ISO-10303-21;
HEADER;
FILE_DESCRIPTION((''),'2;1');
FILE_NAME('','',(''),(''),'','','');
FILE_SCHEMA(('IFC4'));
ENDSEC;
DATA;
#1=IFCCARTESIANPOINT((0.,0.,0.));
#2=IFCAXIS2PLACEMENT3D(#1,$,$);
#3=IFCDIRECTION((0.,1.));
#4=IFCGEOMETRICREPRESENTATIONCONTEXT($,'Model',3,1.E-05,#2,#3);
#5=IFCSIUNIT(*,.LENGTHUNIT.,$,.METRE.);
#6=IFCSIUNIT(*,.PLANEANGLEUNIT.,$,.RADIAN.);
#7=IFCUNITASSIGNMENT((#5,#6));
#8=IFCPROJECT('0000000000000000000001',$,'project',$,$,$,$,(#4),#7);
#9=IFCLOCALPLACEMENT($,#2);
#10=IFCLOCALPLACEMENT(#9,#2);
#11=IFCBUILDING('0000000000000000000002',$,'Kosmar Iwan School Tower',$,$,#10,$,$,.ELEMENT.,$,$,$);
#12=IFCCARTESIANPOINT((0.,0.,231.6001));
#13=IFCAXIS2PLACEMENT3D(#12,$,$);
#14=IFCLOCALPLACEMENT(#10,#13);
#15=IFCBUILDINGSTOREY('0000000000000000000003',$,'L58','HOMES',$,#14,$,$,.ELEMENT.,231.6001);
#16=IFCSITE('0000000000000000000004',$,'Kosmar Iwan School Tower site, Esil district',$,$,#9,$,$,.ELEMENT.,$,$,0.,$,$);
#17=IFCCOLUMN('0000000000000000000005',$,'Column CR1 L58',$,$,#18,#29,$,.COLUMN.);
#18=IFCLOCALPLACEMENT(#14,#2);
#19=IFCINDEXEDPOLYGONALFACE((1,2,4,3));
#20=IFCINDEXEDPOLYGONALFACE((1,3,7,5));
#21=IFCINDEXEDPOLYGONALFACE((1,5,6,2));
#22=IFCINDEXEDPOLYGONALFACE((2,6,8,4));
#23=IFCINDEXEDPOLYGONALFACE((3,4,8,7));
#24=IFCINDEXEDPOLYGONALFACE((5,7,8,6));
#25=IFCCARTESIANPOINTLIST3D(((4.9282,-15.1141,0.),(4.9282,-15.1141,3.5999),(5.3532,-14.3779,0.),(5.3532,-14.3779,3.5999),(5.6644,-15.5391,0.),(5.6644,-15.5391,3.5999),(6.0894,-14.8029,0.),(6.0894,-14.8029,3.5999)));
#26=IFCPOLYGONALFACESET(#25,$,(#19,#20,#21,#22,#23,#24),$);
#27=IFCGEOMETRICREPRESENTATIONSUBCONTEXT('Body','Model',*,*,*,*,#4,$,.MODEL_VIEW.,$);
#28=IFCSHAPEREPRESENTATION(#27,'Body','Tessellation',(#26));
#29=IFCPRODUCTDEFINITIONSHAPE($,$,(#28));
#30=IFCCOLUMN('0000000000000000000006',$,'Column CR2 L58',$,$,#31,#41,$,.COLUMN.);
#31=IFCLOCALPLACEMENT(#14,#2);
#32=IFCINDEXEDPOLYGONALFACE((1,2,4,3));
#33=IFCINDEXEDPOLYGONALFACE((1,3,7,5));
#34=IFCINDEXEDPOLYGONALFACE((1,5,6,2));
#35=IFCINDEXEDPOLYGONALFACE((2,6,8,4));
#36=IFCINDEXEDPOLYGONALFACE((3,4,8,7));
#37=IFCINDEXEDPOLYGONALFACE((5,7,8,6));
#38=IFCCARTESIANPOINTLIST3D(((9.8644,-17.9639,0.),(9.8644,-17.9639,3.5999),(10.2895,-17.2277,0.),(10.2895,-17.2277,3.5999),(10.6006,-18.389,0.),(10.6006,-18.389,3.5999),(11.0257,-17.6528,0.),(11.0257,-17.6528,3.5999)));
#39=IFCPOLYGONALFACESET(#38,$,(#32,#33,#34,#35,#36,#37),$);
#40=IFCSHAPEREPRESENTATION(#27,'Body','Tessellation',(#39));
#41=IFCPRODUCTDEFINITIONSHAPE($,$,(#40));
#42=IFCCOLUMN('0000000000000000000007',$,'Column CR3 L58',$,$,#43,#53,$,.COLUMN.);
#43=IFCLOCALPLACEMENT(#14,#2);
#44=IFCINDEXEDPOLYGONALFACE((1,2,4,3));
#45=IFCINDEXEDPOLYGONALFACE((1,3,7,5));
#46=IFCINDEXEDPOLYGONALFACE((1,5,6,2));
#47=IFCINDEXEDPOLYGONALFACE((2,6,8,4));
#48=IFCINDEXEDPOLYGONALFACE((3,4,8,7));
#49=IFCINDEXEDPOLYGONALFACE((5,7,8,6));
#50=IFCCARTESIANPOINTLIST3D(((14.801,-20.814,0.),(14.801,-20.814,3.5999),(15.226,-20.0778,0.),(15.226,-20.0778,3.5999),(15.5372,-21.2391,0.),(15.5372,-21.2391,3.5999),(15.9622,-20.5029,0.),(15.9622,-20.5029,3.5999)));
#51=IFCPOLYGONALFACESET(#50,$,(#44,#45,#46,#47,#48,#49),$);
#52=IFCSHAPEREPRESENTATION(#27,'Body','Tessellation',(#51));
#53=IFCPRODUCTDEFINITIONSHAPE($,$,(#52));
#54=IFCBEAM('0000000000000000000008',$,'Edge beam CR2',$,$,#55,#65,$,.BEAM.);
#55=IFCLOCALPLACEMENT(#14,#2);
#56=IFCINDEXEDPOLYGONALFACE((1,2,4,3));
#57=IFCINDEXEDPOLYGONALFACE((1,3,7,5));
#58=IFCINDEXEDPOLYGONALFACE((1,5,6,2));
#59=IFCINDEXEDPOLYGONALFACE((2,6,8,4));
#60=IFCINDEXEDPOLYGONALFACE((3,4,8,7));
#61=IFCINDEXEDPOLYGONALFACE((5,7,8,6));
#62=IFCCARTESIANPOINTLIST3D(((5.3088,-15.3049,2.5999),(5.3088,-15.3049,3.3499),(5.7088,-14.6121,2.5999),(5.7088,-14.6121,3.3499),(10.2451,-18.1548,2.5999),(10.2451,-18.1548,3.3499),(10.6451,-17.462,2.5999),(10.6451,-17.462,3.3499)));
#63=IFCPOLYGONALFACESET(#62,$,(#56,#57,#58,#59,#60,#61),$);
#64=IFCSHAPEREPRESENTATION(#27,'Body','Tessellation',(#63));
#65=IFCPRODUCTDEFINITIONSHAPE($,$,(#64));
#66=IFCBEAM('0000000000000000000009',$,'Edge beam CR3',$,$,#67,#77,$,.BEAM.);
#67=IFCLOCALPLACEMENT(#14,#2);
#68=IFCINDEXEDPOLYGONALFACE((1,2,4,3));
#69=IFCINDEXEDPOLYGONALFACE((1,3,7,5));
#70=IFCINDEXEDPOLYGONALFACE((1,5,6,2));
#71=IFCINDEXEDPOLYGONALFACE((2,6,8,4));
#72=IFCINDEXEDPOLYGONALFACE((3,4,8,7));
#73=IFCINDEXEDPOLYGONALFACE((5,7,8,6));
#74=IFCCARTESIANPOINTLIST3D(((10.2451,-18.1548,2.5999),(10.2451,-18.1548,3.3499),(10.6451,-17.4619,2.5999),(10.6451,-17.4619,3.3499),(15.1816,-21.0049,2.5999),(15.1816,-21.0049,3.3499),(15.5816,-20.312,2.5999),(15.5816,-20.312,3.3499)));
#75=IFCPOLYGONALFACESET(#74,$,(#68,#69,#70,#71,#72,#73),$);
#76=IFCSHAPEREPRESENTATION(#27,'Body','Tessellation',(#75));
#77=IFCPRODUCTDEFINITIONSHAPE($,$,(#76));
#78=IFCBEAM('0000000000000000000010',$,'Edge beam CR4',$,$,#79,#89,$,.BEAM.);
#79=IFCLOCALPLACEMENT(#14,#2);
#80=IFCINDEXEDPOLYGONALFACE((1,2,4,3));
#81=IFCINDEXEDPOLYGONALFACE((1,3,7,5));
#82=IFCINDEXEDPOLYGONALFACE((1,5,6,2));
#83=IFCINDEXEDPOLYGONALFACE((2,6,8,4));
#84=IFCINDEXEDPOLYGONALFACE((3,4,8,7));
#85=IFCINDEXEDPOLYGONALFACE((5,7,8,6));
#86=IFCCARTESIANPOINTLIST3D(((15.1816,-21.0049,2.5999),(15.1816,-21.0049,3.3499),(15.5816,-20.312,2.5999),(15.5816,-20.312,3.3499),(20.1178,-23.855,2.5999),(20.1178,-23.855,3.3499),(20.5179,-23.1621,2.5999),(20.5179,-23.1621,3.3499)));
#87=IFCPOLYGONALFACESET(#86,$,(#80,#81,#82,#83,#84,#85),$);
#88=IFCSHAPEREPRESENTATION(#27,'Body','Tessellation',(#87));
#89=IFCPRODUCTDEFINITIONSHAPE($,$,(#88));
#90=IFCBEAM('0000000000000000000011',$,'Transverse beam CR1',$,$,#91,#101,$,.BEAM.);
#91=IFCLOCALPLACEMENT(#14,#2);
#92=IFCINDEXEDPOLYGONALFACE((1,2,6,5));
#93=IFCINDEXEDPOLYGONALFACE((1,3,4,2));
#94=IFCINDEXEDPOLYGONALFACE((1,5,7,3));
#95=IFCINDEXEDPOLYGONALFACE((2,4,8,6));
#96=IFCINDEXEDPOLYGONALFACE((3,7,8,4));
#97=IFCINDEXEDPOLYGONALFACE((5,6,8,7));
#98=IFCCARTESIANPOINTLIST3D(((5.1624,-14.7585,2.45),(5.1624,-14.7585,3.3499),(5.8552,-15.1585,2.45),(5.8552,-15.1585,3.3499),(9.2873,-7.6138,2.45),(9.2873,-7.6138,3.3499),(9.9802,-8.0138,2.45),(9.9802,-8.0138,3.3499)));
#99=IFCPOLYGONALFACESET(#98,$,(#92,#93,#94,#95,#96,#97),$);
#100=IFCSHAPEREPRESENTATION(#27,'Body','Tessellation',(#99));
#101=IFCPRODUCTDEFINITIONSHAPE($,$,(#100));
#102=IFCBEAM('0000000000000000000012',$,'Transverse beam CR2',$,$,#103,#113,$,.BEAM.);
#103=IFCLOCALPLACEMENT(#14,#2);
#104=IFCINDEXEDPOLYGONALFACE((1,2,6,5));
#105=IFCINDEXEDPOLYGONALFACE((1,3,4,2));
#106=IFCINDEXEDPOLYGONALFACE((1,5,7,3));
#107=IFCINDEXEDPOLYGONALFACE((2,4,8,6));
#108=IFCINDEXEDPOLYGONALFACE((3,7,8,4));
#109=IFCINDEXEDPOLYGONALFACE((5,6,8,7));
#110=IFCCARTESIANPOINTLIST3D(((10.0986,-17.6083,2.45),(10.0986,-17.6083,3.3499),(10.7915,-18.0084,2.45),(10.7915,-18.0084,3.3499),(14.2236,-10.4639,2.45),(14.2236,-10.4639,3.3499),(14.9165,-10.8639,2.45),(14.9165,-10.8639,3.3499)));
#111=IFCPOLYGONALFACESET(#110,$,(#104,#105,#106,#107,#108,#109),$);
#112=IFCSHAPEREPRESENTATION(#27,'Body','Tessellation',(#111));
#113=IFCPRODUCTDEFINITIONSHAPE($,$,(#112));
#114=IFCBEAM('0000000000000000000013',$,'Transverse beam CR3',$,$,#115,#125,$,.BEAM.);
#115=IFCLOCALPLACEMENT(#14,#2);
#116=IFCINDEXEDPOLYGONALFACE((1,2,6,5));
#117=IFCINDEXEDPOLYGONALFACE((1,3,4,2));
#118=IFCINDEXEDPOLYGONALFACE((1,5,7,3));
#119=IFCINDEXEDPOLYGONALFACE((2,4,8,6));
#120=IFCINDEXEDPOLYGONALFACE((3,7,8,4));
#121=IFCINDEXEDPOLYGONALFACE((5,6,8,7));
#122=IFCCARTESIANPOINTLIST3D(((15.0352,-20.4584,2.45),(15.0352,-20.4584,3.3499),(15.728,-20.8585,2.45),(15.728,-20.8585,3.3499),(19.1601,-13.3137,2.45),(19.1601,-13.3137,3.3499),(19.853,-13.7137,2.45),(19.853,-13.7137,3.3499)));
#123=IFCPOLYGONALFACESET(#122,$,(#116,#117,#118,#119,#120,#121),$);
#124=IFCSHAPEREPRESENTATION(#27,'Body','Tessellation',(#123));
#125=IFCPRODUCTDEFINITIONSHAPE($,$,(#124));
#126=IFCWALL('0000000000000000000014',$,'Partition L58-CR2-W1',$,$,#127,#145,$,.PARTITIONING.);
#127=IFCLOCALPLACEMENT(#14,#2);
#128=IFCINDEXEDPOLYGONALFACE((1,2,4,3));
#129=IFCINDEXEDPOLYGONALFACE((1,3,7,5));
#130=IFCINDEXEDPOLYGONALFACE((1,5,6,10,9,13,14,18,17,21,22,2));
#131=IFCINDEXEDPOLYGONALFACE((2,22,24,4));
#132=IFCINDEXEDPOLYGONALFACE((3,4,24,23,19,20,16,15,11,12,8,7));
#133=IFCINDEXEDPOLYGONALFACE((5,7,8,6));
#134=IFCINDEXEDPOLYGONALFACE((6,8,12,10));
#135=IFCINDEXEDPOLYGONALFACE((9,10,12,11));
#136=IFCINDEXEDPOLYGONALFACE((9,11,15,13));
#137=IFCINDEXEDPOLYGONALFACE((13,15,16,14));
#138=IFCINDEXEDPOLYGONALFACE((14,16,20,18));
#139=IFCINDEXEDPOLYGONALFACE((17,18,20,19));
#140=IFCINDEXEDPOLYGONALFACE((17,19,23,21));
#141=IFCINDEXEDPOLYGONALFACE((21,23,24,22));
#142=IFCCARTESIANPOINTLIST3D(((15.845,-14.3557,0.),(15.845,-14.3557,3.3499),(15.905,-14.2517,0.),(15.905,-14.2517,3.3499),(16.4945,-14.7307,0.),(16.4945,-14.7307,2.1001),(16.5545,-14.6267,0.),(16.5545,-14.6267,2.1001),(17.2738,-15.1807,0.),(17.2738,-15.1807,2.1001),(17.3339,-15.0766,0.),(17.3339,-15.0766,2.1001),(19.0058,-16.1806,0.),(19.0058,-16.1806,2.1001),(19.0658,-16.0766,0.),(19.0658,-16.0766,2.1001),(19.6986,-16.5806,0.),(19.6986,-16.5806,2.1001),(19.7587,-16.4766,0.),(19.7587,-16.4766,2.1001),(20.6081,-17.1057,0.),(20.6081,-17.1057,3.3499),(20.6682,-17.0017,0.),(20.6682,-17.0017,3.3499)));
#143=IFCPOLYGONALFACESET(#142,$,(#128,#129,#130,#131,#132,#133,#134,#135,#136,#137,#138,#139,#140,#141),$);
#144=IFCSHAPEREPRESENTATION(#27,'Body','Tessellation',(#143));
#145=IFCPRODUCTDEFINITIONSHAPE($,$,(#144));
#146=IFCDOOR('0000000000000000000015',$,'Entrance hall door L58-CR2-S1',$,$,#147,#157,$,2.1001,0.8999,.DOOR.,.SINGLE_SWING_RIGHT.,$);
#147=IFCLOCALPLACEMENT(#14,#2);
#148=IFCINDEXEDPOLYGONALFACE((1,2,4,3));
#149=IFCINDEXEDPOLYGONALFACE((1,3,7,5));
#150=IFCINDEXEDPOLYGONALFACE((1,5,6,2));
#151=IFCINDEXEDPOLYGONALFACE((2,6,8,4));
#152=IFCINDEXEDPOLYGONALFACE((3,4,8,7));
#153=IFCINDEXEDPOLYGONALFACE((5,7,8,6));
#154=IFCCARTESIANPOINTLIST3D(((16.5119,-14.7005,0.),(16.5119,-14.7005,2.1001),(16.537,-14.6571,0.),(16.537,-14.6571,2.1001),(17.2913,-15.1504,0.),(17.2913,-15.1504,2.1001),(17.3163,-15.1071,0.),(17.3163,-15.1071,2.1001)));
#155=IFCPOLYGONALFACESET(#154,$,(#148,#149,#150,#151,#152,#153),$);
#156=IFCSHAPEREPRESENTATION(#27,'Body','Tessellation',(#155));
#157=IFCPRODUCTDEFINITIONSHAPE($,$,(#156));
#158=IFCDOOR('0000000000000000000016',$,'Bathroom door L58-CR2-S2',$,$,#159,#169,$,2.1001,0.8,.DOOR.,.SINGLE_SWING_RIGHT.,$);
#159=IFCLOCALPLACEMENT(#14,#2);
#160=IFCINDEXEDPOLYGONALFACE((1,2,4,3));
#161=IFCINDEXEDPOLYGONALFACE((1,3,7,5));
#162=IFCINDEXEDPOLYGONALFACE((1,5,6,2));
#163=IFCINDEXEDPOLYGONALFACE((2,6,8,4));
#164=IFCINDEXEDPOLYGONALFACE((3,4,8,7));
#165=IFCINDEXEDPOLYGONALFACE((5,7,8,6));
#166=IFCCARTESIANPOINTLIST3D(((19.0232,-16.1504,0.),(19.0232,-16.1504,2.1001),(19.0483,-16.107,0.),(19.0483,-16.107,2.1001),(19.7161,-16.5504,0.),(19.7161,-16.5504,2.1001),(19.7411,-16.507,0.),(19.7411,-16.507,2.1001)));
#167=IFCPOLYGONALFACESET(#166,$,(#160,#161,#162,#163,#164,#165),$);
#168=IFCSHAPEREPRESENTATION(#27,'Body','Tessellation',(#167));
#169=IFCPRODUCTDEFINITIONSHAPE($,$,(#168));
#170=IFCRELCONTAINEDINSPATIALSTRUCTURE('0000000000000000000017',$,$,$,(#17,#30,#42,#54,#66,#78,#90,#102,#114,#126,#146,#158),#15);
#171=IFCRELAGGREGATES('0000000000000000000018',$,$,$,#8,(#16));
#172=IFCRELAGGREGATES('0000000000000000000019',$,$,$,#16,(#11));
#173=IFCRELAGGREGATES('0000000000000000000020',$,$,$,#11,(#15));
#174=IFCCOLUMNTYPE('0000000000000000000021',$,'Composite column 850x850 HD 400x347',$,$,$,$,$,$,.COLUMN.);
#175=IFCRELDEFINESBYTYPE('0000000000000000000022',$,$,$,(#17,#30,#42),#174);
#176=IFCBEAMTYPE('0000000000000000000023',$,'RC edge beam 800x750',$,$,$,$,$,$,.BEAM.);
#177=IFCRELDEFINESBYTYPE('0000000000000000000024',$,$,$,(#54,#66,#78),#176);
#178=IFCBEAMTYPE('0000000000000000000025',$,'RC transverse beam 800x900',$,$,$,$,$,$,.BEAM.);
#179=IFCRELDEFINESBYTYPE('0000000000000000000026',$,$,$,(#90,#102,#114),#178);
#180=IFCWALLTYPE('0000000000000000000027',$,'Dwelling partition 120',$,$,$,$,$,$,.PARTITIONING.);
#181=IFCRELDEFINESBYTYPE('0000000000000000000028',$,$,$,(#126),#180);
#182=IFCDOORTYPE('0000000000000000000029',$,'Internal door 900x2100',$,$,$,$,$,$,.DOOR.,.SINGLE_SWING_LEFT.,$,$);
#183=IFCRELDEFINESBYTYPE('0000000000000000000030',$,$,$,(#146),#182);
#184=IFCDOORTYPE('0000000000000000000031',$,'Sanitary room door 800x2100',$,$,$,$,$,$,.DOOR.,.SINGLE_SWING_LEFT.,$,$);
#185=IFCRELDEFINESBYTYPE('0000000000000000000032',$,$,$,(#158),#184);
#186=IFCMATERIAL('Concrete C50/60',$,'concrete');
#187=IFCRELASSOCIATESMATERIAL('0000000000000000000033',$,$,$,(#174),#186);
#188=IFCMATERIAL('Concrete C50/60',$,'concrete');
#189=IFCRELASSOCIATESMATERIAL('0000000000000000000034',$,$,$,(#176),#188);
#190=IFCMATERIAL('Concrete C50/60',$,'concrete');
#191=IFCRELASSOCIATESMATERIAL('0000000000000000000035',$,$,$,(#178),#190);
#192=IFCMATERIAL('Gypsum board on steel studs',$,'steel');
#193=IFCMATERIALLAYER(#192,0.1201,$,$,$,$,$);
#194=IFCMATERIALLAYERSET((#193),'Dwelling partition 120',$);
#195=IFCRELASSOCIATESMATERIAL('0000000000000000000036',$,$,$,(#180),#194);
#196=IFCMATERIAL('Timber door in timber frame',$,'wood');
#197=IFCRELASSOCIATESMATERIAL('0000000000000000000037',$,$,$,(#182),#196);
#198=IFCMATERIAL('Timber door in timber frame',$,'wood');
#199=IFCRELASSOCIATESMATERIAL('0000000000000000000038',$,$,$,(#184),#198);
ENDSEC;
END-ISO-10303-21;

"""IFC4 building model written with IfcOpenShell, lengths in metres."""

from ifc_helpers import new_model, si_unit, direction, frame, frame_2d, origin, origin_2d, place, context, subcontext, project, spatial, rectangle, extrude, material, layer, layer_set, material_profile, profile_set, type_object, element, fill, save


model = new_model("IFC4")

# Units and contexts
model_context = context("Model", 3, precision=1e-05, world=origin(), true_north=direction((0.0, 1.0)))
body_context = subcontext(model_context, "Body", "Model", "MODEL_VIEW")
ifc_project = project(units=[si_unit("LENGTHUNIT", "METRE"), si_unit("PLANEANGLEUNIT", "RADIAN")], contexts=[model_context])

# Site, building, storey
site_placement = place(None, origin())
site = spatial("IfcSite", under=ifc_project, at=site_placement, Name="Kosmar Iwan School Tower site, Esil district", CompositionType="ELEMENT", RefElevation=0.0)
building_placement = place(site_placement, origin())
building = spatial("IfcBuilding", under=site, at=building_placement, Name="Kosmar Iwan School Tower", CompositionType="ELEMENT")
storey_placement = place(building_placement, frame((0.0, 0.0, 231.6001)))
storey = spatial("IfcBuildingStorey", under=building, at=storey_placement, Name="L58", Description="HOMES", CompositionType="ELEMENT", Elevation=231.6001)

# Columns
ifc_material_1 = material(Name="Concrete C50/60", Category="concrete")
ifc_material_profile_1 = material_profile(ifc_material_1, rectangle(XDim=0.8501, YDim=0.8501, at=origin_2d()), Name="RC 850x850 + HD 400x347")
ifc_profile_set_1 = profile_set([ifc_material_profile_1], Name="Concrete C50/60")
column_type = type_object("IfcColumnType", Name="Composite column 850x850 HD 400x347", PredefinedType="COLUMN", material=ifc_profile_set_1)
for number, where, z_axis, x_axis, name in (
    (1, (5.5088, -14.9585, 0.0), (0.0, 0.0, 1.0), (0.866025, -0.5, 0.0), "Column CR1 L58"),
    (2, (10.4451, -17.8083, 0.0), (0.0, 0.0, 1.0), (0.866025, -0.5, 0.0), "Column CR2 L58"),
    (3, (15.3816, -20.6584, 0.0), (0.0, 0.0, 1.0), (0.866025, -0.5, 0.0), "Column CR3 L58"),
):
    element("IfcColumn", number, at=place(storey_placement, frame(where, z_axis=z_axis, x_axis=x_axis)), inside=storey, type_object=column_type, Name=name, PredefinedType="COLUMN", context=body_context, shape_type="SweptSolid", body=[
        extrude(rectangle(XDim=0.8501, YDim=0.8501, at=origin_2d()), origin(), (0.0, 0.0, 1.0), 3.5999),
    ])

# Beams
ifc_material_2 = material(Name="Concrete C50/60", Category="concrete")
ifc_material_profile_2 = material_profile(ifc_material_2, rectangle(XDim=0.8, YDim=0.75, at=origin_2d()), Name="RC 800x750")
ifc_profile_set_2 = profile_set([ifc_material_profile_2], Name="Concrete C50/60")
beam_type_1 = type_object("IfcBeamType", Name="RC edge beam 800x750", PredefinedType="BEAM", material=ifc_profile_set_2)
beam_1_placement = place(storey_placement, frame((5.5088, -14.9585, 2.9749), z_axis=(0.866034, -0.499986, 0.0), x_axis=(0.499986, 0.866034, 0.0)))
element("IfcBeam", 4, at=beam_1_placement, inside=storey, type_object=beam_type_1, Name="Edge beam CR2", PredefinedType="BEAM", context=body_context, shape_type="SweptSolid", body=[
    extrude(rectangle(XDim=0.8, YDim=0.75, at=origin_2d()), origin(), (0.0, 0.0, 1.0), 5.7),
])
beam_2_placement = place(storey_placement, frame((10.4451, -17.8083, 2.9749), z_axis=(0.866026, -0.499999, 0.0), x_axis=(0.499999, 0.866026, 0.0)))
element("IfcBeam", 5, at=beam_2_placement, inside=storey, type_object=beam_type_1, Name="Edge beam CR3", PredefinedType="BEAM", context=body_context, shape_type="SweptSolid", body=[
    extrude(rectangle(XDim=0.8, YDim=0.75, at=origin_2d()), origin(), (0.0, 0.0, 1.0), 5.7002),
])
beam_3_placement = place(storey_placement, frame((15.3816, -20.6584, 2.9749), z_axis=(0.866015, -0.500018, 0.0), x_axis=(0.500018, 0.866015, 0.0)))
element("IfcBeam", 6, at=beam_3_placement, inside=storey, type_object=beam_type_1, Name="Edge beam CR4", PredefinedType="BEAM", context=body_context, shape_type="SweptSolid", body=[
    extrude(rectangle(XDim=0.8, YDim=0.75, at=origin_2d()), origin(), (0.0, 0.0, 1.0), 5.7),
])
ifc_material_3 = material(Name="Concrete C50/60", Category="concrete")
ifc_material_profile_3 = material_profile(ifc_material_3, rectangle(XDim=0.8, YDim=0.8999, at=origin_2d()), Name="RC 800x900")
ifc_profile_set_3 = profile_set([ifc_material_profile_3], Name="Concrete C50/60")
beam_type_2 = type_object("IfcBeamType", Name="RC transverse beam 800x900", PredefinedType="BEAM", material=ifc_profile_set_3)
beam_4_placement = place(storey_placement, frame((5.5088, -14.9585, 2.8999), z_axis=(0.499997, 0.866027, 0.0), x_axis=(-0.866027, 0.499997, 0.0)))
element("IfcBeam", 7, at=beam_4_placement, inside=storey, type_object=beam_type_2, Name="Transverse beam CR1", PredefinedType="BEAM", context=body_context, shape_type="SweptSolid", body=[
    extrude(rectangle(XDim=0.8, YDim=0.8999, at=origin_2d()), origin(), (0.0, 0.0, 1.0), 8.25),
])
beam_5_placement = place(storey_placement, frame((10.4451, -17.8083, 2.8999), z_axis=(0.500009, 0.86602, 0.0), x_axis=(-0.86602, 0.500009, 0.0)))
element("IfcBeam", 8, at=beam_5_placement, inside=storey, type_object=beam_type_2, Name="Transverse beam CR2", PredefinedType="BEAM", context=body_context, shape_type="SweptSolid", body=[
    extrude(rectangle(XDim=0.8, YDim=0.8999, at=origin_2d()), origin(), (0.0, 0.0, 1.0), 8.2498),
])
beam_6_placement = place(storey_placement, frame((15.3816, -20.6584, 2.8999), z_axis=(0.499997, 0.866027, 0.0), x_axis=(-0.866027, 0.499997, 0.0)))
element("IfcBeam", 9, at=beam_6_placement, inside=storey, type_object=beam_type_2, Name="Transverse beam CR3", PredefinedType="BEAM", context=body_context, shape_type="SweptSolid", body=[
    extrude(rectangle(XDim=0.8, YDim=0.8999, at=origin_2d()), origin(), (0.0, 0.0, 1.0), 8.25),
])

# Wall, openings, doors
ifc_material_4 = material(Name="Gypsum board on steel studs", Category="steel")
ifc_layer = layer(ifc_material_4, 0.1201)
ifc_layer_set = layer_set([ifc_layer], Name="Dwelling partition 120")
wall_type = type_object("IfcWallType", Name="Dwelling partition 120", PredefinedType="PARTITIONING", material=ifc_layer_set)
wall_1_placement = place(storey_placement, frame((15.875, -14.3037, 0.0), z_axis=(0.0, 0.0, 1.0), x_axis=(0.866027, -0.499997, 0.0)))
wall_1 = element("IfcWall", 10, at=wall_1_placement, inside=storey, type_object=wall_type, Name="Partition L58-CR2-W1", PredefinedType="PARTITIONING", context=body_context, shape_type="SweptSolid", body=[
    extrude(rectangle(XDim=5.5, YDim=0.1201, at=frame_2d((2.75, 0.0))), origin(), (0.0, 0.0, 1.0), 3.3499),
])
opening_1_placement = place(wall_1_placement, frame((0.75, 0.0, 0.0)))
opening_1 = element("IfcOpeningElement", 11, at=opening_1_placement, cuts=wall_1, PredefinedType="OPENING", context=body_context, shape_type="SweptSolid", body=[
    extrude(rectangle(XDim=0.8999, YDim=2.1001, at=frame_2d((0.45, 1.05))), frame((0.0, 0.072, 0.0), z_axis=(0.0, -1.0, 0.0), x_axis=(1.0, 0.0, 0.0)), (0.0, 0.0, 1.0), 0.144),
])
opening_2_placement = place(wall_1_placement, frame((3.6499, 0.0, 0.0)))
opening_2 = element("IfcOpeningElement", 12, at=opening_2_placement, cuts=wall_1, PredefinedType="OPENING", context=body_context, shape_type="SweptSolid", body=[
    extrude(rectangle(XDim=0.8, YDim=2.1001, at=frame_2d((0.3999, 1.05))), frame((0.0, 0.072, 0.0), z_axis=(0.0, -1.0, 0.0), x_axis=(1.0, 0.0, 0.0)), (0.0, 0.0, 1.0), 0.144),
])
ifc_material_5 = material(Name="Timber door in timber frame", Category="wood")
door_type_1 = type_object("IfcDoorType", Name="Internal door 900x2100", OperationType="SINGLE_SWING_LEFT", PredefinedType="DOOR", material=ifc_material_5)
door_1_placement = place(opening_1_placement, origin())
door_1 = element("IfcDoor", 13, at=door_1_placement, inside=storey, type_object=door_type_1, Name="Entrance hall door L58-CR2-S1", OperationType="SINGLE_SWING_RIGHT", OverallHeight=2.1001, OverallWidth=0.8999, PredefinedType="DOOR", context=body_context, shape_type="SweptSolid", body=[
    extrude(rectangle(XDim=0.8999, YDim=2.1001, at=frame_2d((0.45, 1.05))), frame((0.0, 0.0249, 0.0), z_axis=(0.0, -1.0, 0.0), x_axis=(1.0, 0.0, 0.0)), (0.0, 0.0, 1.0), 0.05),
])
fill(opening_1, door_1)
ifc_material_6 = material(Name="Timber door in timber frame", Category="wood")
door_type_2 = type_object("IfcDoorType", Name="Sanitary room door 800x2100", OperationType="SINGLE_SWING_LEFT", PredefinedType="DOOR", material=ifc_material_6)
door_2_placement = place(opening_2_placement, origin())
door_2 = element("IfcDoor", 14, at=door_2_placement, inside=storey, type_object=door_type_2, Name="Bathroom door L58-CR2-S2", OperationType="SINGLE_SWING_RIGHT", OverallHeight=2.1001, OverallWidth=0.8, PredefinedType="DOOR", context=body_context, shape_type="SweptSolid", body=[
    extrude(rectangle(XDim=0.8, YDim=2.1001, at=frame_2d((0.3999, 1.05))), frame((0.0, 0.0249, 0.0), z_axis=(0.0, -1.0, 0.0), x_axis=(1.0, 0.0, 0.0)), (0.0, 0.0, 1.0), 0.05),
])
fill(opening_2, door_2)

save(model, "model.ifc")
